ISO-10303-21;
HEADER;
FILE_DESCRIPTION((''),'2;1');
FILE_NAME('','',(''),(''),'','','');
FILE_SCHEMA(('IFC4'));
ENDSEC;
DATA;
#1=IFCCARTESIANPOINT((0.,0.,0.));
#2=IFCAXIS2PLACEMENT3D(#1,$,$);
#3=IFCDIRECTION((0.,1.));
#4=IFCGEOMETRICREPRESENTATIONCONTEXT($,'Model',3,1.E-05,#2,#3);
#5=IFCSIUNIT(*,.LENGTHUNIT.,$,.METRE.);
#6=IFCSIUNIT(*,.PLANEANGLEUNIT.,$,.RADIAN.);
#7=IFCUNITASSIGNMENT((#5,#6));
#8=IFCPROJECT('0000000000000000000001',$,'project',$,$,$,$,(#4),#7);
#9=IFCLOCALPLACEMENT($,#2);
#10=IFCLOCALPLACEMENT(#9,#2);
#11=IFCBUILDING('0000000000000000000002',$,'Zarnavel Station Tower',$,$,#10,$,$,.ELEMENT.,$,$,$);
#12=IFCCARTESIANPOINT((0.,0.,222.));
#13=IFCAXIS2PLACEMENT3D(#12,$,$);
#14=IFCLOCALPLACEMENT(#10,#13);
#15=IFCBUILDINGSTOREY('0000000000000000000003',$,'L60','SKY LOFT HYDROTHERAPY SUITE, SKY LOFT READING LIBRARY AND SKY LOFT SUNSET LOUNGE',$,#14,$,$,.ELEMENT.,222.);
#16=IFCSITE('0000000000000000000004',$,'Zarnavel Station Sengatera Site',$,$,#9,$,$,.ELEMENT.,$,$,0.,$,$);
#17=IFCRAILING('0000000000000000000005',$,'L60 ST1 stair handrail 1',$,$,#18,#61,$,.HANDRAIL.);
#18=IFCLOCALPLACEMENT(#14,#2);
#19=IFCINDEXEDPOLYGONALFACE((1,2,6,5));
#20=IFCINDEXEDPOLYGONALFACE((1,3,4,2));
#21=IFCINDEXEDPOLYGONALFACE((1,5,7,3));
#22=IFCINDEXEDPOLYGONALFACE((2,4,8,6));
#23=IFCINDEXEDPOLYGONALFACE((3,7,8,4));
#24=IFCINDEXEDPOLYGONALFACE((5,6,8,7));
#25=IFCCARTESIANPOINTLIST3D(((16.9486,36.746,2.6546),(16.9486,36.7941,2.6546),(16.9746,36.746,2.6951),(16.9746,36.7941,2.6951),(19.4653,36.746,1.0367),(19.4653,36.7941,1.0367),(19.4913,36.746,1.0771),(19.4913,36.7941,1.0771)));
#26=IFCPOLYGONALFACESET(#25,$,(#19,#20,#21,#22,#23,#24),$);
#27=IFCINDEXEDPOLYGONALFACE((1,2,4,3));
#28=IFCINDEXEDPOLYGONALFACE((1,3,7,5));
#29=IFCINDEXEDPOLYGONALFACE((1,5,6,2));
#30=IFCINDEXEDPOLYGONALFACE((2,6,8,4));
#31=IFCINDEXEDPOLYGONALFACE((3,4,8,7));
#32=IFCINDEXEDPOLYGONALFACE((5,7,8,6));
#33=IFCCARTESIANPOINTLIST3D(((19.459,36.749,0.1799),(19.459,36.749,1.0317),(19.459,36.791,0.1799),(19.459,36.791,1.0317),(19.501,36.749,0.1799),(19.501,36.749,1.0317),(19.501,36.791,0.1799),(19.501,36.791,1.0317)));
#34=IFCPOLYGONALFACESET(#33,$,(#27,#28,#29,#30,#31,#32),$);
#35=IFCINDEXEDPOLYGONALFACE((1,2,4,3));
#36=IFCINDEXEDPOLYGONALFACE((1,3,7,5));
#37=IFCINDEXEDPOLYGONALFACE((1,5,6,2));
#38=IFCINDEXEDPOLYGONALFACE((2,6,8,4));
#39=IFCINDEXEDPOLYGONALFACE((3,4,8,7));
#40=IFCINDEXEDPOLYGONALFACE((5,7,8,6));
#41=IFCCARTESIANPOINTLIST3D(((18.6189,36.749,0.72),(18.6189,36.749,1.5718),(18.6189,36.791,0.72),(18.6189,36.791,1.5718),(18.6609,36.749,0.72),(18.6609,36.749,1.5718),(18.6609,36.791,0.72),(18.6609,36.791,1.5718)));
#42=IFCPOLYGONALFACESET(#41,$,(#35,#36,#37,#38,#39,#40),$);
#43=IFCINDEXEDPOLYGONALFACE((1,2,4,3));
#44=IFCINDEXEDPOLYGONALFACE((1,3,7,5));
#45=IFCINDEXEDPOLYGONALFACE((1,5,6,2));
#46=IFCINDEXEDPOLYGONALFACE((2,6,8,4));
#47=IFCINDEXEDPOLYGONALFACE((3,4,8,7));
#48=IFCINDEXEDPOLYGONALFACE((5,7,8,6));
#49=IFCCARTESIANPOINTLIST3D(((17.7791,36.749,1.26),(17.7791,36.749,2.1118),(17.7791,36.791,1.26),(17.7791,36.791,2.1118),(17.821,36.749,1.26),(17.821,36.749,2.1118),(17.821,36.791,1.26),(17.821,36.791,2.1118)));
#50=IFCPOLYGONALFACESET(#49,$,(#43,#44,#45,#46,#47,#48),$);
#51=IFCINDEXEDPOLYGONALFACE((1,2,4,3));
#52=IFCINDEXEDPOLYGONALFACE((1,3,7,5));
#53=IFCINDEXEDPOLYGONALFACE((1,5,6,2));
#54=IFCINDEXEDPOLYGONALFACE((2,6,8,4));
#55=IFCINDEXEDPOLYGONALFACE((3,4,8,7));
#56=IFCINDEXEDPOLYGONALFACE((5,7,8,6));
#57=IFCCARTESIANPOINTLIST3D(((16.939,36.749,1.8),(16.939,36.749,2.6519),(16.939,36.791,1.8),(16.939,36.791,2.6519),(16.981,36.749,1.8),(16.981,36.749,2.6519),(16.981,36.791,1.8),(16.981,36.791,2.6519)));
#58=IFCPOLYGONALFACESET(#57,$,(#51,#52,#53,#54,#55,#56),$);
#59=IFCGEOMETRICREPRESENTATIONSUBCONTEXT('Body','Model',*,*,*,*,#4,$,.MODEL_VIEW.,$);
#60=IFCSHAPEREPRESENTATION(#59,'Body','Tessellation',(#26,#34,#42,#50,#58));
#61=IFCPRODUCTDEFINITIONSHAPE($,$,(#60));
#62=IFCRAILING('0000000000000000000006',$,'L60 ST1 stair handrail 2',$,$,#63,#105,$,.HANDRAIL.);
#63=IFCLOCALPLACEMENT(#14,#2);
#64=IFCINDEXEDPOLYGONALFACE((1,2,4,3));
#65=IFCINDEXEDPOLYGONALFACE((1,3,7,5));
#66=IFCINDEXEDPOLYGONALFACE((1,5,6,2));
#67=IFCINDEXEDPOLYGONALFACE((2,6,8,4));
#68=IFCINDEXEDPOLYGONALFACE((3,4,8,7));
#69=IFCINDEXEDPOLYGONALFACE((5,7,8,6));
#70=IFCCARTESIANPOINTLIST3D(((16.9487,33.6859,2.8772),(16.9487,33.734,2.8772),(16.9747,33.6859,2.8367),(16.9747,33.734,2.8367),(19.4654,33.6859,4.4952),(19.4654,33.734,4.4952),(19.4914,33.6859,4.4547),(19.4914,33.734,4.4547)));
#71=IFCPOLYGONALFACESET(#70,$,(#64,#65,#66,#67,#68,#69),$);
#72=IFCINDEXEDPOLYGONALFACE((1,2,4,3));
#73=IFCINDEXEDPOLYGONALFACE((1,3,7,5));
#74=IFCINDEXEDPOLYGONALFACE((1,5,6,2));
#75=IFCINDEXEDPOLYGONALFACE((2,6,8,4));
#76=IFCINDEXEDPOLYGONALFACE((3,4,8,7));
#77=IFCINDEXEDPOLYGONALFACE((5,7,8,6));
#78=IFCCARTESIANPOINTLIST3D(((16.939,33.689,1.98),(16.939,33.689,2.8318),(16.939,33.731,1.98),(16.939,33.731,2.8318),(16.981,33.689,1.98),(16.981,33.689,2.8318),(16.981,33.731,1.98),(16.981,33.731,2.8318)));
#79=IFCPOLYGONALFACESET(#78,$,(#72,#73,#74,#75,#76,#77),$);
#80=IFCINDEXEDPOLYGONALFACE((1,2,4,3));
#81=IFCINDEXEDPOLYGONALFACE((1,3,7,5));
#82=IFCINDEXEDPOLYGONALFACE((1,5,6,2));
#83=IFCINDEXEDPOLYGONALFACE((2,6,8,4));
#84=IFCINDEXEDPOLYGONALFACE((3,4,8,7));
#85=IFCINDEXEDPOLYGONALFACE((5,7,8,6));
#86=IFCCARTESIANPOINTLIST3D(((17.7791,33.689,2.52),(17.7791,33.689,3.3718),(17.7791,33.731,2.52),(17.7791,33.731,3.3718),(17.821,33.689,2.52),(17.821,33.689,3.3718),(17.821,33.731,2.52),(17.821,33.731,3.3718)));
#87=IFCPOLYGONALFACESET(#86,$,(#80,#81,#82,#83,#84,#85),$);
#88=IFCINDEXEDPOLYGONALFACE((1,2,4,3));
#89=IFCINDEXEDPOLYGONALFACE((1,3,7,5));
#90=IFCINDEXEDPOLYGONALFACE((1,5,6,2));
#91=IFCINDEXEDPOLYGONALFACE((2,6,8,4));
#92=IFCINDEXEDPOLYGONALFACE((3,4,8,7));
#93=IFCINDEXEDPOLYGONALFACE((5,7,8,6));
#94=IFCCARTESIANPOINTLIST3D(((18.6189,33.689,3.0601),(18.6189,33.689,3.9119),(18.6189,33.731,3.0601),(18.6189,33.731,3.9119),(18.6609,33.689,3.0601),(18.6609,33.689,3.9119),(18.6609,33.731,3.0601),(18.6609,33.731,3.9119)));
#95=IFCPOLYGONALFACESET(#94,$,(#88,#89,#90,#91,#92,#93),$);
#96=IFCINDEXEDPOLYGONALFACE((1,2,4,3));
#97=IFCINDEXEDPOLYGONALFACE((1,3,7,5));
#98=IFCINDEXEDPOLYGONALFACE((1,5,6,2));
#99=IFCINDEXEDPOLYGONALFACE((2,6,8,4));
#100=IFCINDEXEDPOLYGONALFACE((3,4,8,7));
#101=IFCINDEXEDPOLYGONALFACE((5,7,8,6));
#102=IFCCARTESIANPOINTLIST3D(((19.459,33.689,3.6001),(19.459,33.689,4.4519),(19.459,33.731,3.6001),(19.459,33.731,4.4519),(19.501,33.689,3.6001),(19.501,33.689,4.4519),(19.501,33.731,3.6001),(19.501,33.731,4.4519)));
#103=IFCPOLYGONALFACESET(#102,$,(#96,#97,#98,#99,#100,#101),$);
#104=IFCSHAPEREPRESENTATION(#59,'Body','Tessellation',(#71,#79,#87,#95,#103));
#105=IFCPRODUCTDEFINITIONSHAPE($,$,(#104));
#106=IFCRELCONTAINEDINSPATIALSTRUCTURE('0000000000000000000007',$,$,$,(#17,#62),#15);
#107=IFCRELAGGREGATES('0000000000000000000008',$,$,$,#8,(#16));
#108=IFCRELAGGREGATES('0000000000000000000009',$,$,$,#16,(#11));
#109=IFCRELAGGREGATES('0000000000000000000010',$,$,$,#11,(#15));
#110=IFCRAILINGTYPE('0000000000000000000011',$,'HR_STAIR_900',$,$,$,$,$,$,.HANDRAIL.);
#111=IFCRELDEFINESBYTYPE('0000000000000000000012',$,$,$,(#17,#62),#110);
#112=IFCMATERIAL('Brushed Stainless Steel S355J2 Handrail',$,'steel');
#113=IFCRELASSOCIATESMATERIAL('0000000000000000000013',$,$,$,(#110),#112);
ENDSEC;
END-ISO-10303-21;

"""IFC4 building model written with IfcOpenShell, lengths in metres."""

from ifc_helpers import new_model, si_unit, direction, frame, origin, origin_2d, place, context, subcontext, project, spatial, rectangle, extrude, material, type_object, element, save


model = new_model("IFC4")

# Units and contexts
model_context = context("Model", 3, precision=1e-05, world=origin(), true_north=direction((0.0, 1.0)))
body_context = subcontext(model_context, "Body", "Model", "MODEL_VIEW")
ifc_project = project(units=[si_unit("LENGTHUNIT", "METRE"), si_unit("PLANEANGLEUNIT", "RADIAN")], contexts=[model_context])

# Site, building, storey
site_placement = place(None, origin())
site = spatial("IfcSite", under=ifc_project, at=site_placement, Name="Zarnavel Station Sengatera Site", CompositionType="ELEMENT", RefElevation=0.0)
building_placement = place(site_placement, origin())
building = spatial("IfcBuilding", under=site, at=building_placement, Name="Zarnavel Station Tower", CompositionType="ELEMENT")
storey_placement = place(building_placement, frame((0.0, 0.0, 222.0)))
storey = spatial("IfcBuildingStorey", under=building, at=storey_placement, Name="L60", Description="SKY LOFT HYDROTHERAPY SUITE, SKY LOFT READING LIBRARY AND SKY LOFT SUNSET LOUNGE", CompositionType="ELEMENT", Elevation=222.0)

# Railings
ifc_material_1 = material(Name="Brushed Stainless Steel S355J2 Handrail", Category="steel")
railing_type_1 = type_object("IfcRailingType", Name="HR_STAIR_900", PredefinedType="HANDRAIL", material=ifc_material_1)
railing_1_placement = place(storey_placement, frame((19.48, 36.77, 0.1799)))
element("IfcRailing", 1, at=railing_1_placement, inside=storey, type_object=railing_type_1, Name="L60 ST1 stair handrail 1", PredefinedType="HANDRAIL", context=body_context, shape_type="SweptSolid", body=[
    extrude(rectangle(XDim=0.0481, YDim=0.0481, at=origin_2d()), frame((-0.0017, 0.0, 0.877), z_axis=(-0.841163, 0.0, 0.540782), x_axis=(0.0, -1.0, 0.0)), (0.0, 0.0, 1.0), 2.9919),
    extrude(rectangle(XDim=0.042, YDim=0.042, at=origin_2d()), origin(), (0.0, 0.0, 1.0), 0.8518),
    extrude(rectangle(XDim=0.042, YDim=0.042, at=origin_2d()), frame((-0.8401, 0.0, 0.54)), (0.0, 0.0, 1.0), 0.8518),
    extrude(rectangle(XDim=0.042, YDim=0.042, at=origin_2d()), frame((-1.6799, 0.0, 1.0801)), (0.0, 0.0, 1.0), 0.8518),
    extrude(rectangle(XDim=0.042, YDim=0.042, at=origin_2d()), frame((-2.52, 0.0, 1.6201)), (0.0, 0.0, 1.0), 0.8518),
])
railing_2_placement = place(storey_placement, frame((16.96, 33.71, 1.98)))
element("IfcRailing", 2, at=railing_2_placement, inside=storey, type_object=railing_type_1, Name="L60 ST1 stair handrail 2", PredefinedType="HANDRAIL", context=body_context, shape_type="SweptSolid", body=[
    extrude(rectangle(XDim=0.0481, YDim=0.0481, at=origin_2d()), frame((0.0017, 0.0, 0.877), z_axis=(0.841163, 0.0, 0.540782), x_axis=(0.0, 1.0, 0.0)), (0.0, 0.0, 1.0), 2.9919),
    extrude(rectangle(XDim=0.042, YDim=0.042, at=origin_2d()), origin(), (0.0, 0.0, 1.0), 0.8518),
    extrude(rectangle(XDim=0.042, YDim=0.042, at=origin_2d()), frame((0.8401, 0.0, 0.54)), (0.0, 0.0, 1.0), 0.8518),
    extrude(rectangle(XDim=0.042, YDim=0.042, at=origin_2d()), frame((1.6799, 0.0, 1.0801)), (0.0, 0.0, 1.0), 0.8518),
    extrude(rectangle(XDim=0.042, YDim=0.042, at=origin_2d()), frame((2.52, 0.0, 1.6201)), (0.0, 0.0, 1.0), 0.8518),
])

save(model, "model.ifc")
